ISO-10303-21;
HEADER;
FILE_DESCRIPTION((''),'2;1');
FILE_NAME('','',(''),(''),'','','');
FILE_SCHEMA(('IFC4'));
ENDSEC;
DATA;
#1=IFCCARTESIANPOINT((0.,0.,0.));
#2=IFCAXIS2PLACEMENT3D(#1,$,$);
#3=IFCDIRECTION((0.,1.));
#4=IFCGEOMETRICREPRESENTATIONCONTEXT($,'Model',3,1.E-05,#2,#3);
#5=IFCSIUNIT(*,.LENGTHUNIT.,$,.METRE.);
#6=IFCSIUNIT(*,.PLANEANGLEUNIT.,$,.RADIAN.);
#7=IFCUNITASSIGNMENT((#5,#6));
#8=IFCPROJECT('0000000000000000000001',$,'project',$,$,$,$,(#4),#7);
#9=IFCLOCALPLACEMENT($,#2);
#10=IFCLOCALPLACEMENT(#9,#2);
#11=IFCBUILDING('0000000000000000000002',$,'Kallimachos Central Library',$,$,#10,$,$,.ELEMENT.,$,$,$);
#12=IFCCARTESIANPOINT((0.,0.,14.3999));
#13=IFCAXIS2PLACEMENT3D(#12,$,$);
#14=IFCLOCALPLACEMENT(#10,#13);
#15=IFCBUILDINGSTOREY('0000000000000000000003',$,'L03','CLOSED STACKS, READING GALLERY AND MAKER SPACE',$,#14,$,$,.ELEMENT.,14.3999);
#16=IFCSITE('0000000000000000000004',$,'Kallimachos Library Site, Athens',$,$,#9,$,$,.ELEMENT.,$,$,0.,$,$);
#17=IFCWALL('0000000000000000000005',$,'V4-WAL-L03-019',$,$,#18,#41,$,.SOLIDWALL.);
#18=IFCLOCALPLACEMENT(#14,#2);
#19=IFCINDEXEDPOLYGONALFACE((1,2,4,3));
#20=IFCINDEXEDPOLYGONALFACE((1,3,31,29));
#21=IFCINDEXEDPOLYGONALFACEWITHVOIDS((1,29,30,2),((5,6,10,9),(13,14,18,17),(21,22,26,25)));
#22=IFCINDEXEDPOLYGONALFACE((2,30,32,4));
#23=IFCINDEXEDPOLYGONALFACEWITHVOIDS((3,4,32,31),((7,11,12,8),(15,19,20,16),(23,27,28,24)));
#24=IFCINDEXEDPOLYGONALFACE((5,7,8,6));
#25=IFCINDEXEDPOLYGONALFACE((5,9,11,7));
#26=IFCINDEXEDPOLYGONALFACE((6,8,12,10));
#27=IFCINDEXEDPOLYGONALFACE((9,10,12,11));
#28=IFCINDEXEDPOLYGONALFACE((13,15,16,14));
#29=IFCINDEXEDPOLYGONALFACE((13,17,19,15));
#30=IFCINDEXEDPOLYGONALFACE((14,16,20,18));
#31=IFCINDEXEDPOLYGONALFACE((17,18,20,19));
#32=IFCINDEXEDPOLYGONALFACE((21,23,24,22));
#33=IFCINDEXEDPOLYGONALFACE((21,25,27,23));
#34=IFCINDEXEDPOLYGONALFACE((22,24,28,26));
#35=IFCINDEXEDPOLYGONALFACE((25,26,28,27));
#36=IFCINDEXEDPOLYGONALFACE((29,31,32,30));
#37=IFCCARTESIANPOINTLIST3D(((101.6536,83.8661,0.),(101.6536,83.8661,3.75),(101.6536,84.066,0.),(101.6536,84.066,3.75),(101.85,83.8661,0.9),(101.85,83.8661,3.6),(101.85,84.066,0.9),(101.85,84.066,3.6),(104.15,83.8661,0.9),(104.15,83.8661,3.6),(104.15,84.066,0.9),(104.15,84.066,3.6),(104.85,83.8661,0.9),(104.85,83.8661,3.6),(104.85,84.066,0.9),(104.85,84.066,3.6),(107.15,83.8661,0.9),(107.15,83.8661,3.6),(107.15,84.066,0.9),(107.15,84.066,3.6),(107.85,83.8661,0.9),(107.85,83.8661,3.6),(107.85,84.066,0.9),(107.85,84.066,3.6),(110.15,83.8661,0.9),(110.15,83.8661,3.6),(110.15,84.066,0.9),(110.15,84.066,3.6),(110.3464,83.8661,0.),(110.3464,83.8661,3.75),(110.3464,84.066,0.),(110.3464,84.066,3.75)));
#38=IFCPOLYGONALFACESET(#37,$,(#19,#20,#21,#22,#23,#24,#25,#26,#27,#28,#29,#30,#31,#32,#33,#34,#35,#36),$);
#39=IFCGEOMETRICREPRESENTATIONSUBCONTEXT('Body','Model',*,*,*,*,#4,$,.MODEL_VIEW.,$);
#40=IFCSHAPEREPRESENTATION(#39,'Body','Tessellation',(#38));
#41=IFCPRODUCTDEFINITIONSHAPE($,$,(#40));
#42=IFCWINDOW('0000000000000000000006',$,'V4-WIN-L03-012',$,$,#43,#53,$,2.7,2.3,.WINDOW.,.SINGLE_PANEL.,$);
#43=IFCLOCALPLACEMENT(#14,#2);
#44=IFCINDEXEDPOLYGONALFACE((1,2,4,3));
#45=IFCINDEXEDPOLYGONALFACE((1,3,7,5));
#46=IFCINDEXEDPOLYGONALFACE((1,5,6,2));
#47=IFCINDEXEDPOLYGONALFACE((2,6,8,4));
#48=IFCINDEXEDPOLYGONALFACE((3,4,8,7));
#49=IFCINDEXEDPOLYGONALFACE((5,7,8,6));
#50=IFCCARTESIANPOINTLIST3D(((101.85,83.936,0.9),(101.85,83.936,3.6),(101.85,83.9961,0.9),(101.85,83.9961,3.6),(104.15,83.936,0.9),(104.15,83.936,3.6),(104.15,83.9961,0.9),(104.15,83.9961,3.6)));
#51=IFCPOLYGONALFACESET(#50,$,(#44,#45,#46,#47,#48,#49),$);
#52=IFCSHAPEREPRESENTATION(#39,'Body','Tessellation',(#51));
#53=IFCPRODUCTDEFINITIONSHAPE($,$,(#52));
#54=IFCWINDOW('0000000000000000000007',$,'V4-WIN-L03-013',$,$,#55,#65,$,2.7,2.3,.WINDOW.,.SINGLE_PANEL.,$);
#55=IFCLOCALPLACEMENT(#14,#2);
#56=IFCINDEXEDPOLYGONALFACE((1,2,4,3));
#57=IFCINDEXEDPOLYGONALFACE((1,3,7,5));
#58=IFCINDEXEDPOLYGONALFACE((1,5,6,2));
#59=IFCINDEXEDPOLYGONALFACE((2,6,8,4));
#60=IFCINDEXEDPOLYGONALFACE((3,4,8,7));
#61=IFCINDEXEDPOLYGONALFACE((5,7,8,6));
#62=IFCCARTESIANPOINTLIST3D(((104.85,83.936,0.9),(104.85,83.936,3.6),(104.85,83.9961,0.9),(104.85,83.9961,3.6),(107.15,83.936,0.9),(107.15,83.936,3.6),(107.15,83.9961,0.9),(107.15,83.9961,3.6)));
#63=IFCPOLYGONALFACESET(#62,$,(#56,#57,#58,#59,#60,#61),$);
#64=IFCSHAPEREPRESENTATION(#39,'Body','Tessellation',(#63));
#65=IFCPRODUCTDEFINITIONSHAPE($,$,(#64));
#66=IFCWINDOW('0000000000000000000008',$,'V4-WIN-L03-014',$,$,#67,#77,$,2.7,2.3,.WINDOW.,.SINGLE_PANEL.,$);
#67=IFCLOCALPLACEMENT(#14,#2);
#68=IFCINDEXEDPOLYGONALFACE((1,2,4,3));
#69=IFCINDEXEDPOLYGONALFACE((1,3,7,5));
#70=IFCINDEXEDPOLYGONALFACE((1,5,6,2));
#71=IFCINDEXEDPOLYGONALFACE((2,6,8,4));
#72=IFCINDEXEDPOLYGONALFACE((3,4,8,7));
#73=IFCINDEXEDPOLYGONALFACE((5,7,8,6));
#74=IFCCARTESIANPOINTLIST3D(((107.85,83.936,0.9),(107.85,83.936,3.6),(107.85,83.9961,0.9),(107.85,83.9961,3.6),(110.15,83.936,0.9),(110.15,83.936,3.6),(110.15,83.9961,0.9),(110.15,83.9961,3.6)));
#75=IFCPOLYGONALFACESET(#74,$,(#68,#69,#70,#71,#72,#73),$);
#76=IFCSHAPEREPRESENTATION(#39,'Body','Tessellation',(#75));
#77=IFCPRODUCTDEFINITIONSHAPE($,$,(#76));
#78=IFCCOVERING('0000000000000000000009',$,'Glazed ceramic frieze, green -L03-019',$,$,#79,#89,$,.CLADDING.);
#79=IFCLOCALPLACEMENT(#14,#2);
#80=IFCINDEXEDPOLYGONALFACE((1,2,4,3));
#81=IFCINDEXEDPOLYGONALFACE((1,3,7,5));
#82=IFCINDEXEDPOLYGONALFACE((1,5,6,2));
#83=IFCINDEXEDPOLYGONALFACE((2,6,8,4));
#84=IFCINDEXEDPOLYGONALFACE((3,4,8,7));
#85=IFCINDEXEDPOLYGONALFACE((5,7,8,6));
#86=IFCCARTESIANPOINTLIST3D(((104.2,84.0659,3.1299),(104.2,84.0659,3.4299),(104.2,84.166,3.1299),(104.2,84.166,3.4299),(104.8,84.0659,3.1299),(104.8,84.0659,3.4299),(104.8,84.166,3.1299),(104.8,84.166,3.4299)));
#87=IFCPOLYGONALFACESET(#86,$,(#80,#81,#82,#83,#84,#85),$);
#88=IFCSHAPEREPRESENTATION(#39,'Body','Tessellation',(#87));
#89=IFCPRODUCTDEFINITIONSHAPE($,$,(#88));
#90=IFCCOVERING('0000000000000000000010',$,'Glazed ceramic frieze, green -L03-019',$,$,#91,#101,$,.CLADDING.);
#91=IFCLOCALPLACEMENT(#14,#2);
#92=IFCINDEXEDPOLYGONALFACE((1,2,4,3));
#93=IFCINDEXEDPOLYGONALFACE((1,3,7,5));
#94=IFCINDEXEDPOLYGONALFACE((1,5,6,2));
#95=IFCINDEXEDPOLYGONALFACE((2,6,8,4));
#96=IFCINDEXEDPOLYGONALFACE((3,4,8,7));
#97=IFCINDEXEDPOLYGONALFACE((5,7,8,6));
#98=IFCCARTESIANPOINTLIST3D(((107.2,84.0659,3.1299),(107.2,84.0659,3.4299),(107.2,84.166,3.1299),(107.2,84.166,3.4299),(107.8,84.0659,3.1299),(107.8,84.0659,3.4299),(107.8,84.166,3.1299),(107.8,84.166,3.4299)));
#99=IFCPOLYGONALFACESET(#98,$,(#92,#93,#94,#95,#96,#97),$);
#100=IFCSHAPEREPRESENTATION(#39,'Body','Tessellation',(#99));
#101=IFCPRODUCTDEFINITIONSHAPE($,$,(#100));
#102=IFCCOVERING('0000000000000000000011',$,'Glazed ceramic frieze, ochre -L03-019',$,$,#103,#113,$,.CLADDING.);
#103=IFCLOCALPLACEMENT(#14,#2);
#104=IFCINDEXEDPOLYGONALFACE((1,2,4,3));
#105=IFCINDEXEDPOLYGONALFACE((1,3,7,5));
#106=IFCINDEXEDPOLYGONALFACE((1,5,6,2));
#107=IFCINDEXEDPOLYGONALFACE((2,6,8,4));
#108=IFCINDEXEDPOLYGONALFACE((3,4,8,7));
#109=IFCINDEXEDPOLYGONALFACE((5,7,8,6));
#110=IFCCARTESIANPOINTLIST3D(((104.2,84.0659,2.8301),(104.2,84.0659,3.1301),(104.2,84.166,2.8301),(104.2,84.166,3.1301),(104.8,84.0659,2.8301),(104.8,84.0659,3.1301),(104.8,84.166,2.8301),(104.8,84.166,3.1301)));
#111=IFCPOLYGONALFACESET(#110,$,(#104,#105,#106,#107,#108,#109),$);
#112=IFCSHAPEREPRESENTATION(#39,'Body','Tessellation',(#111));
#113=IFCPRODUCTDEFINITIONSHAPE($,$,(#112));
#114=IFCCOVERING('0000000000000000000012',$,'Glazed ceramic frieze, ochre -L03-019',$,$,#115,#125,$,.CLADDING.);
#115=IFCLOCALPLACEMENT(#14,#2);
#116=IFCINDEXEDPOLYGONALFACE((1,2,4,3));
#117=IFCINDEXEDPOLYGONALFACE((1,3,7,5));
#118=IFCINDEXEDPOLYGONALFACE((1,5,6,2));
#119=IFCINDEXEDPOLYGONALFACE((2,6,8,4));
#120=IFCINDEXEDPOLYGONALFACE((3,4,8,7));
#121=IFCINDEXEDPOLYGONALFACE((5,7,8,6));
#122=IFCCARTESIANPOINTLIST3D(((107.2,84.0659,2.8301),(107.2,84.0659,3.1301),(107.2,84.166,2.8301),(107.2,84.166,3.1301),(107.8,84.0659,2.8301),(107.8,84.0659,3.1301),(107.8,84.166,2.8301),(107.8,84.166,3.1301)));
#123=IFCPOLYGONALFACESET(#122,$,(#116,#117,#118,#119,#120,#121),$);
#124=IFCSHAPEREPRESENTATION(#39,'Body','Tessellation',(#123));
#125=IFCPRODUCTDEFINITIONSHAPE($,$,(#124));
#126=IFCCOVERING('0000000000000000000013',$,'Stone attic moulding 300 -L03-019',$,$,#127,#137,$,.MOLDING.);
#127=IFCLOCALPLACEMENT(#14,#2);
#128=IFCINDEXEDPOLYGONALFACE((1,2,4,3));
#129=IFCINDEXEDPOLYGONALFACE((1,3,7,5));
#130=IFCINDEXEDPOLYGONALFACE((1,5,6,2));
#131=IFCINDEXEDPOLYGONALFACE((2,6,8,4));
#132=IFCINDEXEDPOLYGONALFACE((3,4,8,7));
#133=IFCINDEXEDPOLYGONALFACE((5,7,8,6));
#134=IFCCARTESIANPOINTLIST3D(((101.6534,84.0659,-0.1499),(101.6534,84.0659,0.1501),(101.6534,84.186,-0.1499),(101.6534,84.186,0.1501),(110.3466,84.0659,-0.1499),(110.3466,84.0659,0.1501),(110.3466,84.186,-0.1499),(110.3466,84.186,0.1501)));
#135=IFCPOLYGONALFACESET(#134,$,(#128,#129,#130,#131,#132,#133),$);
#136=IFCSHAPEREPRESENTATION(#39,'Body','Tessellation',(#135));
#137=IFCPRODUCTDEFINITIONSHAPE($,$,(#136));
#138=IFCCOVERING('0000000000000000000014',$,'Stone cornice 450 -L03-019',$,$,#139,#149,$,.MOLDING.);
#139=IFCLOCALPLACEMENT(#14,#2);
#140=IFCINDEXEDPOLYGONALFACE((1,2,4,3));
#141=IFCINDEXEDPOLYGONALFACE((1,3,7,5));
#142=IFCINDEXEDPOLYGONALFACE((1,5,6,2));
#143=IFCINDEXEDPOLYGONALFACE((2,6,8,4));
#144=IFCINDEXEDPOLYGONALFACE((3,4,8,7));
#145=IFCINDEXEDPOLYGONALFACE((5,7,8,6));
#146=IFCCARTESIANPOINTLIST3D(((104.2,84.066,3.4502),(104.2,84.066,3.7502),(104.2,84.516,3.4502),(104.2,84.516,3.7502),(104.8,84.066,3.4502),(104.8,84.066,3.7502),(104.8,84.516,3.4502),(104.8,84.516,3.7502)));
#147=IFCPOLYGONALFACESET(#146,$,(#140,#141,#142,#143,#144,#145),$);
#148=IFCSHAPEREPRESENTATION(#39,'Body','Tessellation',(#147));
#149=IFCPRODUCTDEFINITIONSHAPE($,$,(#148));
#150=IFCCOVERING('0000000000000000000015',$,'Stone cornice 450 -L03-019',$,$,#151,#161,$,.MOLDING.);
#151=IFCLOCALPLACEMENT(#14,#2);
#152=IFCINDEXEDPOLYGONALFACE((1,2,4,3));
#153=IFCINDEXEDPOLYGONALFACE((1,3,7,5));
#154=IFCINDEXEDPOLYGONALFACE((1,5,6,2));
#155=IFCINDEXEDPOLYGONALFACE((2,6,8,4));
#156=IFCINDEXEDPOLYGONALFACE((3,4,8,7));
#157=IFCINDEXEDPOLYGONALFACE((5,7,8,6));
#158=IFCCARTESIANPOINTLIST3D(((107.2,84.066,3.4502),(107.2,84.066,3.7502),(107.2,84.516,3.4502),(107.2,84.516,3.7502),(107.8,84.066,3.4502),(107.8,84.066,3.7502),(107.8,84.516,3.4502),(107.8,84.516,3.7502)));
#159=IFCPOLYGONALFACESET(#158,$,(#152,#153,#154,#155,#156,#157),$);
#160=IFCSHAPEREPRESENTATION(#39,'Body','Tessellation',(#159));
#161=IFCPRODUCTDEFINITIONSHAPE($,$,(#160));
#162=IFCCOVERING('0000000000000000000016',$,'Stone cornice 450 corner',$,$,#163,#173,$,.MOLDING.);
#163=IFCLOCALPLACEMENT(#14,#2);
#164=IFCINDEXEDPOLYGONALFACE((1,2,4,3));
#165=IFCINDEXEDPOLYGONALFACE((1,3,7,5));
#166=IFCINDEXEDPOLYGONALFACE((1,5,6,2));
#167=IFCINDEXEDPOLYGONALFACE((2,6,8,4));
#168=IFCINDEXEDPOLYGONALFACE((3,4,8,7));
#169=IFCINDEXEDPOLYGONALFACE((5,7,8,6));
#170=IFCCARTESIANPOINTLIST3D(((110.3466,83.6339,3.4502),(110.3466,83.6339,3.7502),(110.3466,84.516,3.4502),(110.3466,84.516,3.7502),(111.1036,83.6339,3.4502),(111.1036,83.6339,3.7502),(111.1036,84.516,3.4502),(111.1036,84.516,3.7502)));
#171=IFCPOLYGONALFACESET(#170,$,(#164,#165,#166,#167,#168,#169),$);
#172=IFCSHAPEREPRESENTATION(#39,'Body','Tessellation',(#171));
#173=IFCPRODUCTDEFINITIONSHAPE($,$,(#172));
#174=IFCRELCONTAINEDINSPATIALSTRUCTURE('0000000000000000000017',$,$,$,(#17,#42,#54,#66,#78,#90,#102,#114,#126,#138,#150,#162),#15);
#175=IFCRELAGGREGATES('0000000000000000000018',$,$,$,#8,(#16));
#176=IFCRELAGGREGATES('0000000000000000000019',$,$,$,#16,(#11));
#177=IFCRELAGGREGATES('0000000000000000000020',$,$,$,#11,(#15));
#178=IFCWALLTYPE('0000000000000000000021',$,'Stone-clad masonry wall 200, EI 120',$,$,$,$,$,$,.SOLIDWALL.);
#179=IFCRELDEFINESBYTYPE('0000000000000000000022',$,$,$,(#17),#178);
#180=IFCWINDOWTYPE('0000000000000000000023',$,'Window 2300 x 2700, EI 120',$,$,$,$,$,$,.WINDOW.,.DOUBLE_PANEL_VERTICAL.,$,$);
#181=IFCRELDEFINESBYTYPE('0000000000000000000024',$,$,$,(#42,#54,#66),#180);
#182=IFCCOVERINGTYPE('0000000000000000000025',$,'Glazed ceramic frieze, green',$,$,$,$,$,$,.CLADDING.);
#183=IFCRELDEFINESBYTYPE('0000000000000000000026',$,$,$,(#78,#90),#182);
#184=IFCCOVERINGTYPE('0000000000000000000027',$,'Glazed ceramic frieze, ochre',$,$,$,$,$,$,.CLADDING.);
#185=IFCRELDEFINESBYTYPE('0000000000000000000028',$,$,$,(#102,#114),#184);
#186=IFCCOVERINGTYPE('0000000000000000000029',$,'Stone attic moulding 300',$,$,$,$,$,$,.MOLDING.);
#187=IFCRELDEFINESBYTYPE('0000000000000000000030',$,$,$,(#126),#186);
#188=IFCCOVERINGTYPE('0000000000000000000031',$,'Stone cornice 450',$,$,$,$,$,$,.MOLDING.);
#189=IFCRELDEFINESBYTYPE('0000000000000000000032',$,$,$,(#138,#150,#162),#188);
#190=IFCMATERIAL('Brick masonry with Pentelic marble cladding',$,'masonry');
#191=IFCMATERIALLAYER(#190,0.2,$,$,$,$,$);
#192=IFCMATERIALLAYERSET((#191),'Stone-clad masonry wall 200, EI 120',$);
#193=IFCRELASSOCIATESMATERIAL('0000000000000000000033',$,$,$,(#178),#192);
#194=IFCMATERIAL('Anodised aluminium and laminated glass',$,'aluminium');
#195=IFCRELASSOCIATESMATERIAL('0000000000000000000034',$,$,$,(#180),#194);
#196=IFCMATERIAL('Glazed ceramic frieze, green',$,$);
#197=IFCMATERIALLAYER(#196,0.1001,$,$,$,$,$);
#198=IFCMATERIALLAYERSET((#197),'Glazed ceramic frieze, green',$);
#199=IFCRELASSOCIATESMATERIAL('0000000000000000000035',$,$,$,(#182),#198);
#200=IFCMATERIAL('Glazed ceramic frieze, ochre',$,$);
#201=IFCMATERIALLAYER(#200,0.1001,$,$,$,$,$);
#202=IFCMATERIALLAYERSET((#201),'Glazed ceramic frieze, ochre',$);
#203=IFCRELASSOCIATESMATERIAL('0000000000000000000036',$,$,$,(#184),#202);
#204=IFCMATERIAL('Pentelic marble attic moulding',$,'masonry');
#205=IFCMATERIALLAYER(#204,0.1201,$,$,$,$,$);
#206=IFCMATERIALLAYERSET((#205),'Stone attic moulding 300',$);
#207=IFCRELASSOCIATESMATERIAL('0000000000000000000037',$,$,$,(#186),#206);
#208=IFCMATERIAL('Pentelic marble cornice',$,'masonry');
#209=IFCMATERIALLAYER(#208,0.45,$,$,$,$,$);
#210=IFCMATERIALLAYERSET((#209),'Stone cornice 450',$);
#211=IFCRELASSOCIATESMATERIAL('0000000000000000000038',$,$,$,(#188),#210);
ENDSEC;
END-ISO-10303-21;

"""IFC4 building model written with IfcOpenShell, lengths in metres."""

from ifc_helpers import new_model, si_unit, direction, frame, frame_2d, origin, origin_2d, place, context, subcontext, project, spatial, rectangle, extrude, material, layer, layer_set, type_object, element, fill, save


model = new_model("IFC4")

# Units and contexts
model_context = context("Model", 3, precision=1e-05, world=origin(), true_north=direction((0.0, 1.0)))
body_context = subcontext(model_context, "Body", "Model", "MODEL_VIEW")
ifc_project = project(units=[si_unit("LENGTHUNIT", "METRE"), si_unit("PLANEANGLEUNIT", "RADIAN")], contexts=[model_context])

# Site, building, storey
site_placement = place(None, origin())
site = spatial("IfcSite", under=ifc_project, at=site_placement, Name="Kallimachos Library Site, Athens", CompositionType="ELEMENT", RefElevation=0.0)
building_placement = place(site_placement, origin())
building = spatial("IfcBuilding", under=site, at=building_placement, Name="Kallimachos Central Library", CompositionType="ELEMENT")
storey_placement = place(building_placement, frame((0.0, 0.0, 14.3999)))
storey = spatial("IfcBuildingStorey", under=building, at=storey_placement, Name="L03", Description="CLOSED STACKS, READING GALLERY AND MAKER SPACE", CompositionType="ELEMENT", Elevation=14.3999)

# Wall, openings, windows
ifc_material_1 = material(Name="Brick masonry with Pentelic marble cladding", Category="masonry")
ifc_layer_1 = layer(ifc_material_1, 0.2)
ifc_layer_set_1 = layer_set([ifc_layer_1], Name="Stone-clad masonry wall 200, EI 120")
wall_type = type_object("IfcWallType", Name="Stone-clad masonry wall 200, EI 120", PredefinedType="SOLIDWALL", material=ifc_layer_set_1)
wall_placement = place(storey_placement, frame((101.6536, 83.9661, 0.0), z_axis=(0.0, 0.0, 1.0), x_axis=(1.0, 0.0, 0.0)))
wall = element("IfcWall", 1, at=wall_placement, inside=storey, type_object=wall_type, Name="V4-WAL-L03-019", PredefinedType="SOLIDWALL", context=body_context, shape_type="SweptSolid", body=[
    extrude(rectangle(XDim=8.6929, YDim=0.2, at=frame_2d((4.3464, 0.0))), origin(), (0.0, 0.0, 1.0), 3.75),
])
opening_1_placement = place(wall_placement, frame((0.1965, 0.0, 0.8999)))
opening_1 = element("IfcOpeningElement", 2, at=opening_1_placement, cuts=wall, PredefinedType="OPENING", context=body_context, shape_type="SweptSolid", body=[
    extrude(rectangle(XDim=2.3, YDim=2.7, at=frame_2d((1.1499, 1.3501))), frame((0.0, 0.1099, 0.0), z_axis=(0.0, -1.0, 0.0), x_axis=(1.0, 0.0, 0.0)), (0.0, 0.0, 1.0), 0.22),
])
opening_2_placement = place(wall_placement, frame((3.1965, 0.0, 0.8999)))
opening_2 = element("IfcOpeningElement", 3, at=opening_2_placement, cuts=wall, PredefinedType="OPENING", context=body_context, shape_type="SweptSolid", body=[
    extrude(rectangle(XDim=2.3, YDim=2.7, at=frame_2d((1.1499, 1.3501))), frame((0.0, 0.1099, 0.0), z_axis=(0.0, -1.0, 0.0), x_axis=(1.0, 0.0, 0.0)), (0.0, 0.0, 1.0), 0.22),
])
opening_3_placement = place(wall_placement, frame((6.1965, 0.0, 0.8999)))
opening_3 = element("IfcOpeningElement", 4, at=opening_3_placement, cuts=wall, PredefinedType="OPENING", context=body_context, shape_type="SweptSolid", body=[
    extrude(rectangle(XDim=2.3, YDim=2.7, at=frame_2d((1.1499, 1.3501))), frame((0.0, 0.1099, 0.0), z_axis=(0.0, -1.0, 0.0), x_axis=(1.0, 0.0, 0.0)), (0.0, 0.0, 1.0), 0.22),
])
ifc_material_2 = material(Name="Anodised aluminium and laminated glass", Category="aluminium")
window_type = type_object("IfcWindowType", Name="Window 2300 x 2700, EI 120", PartitioningType="DOUBLE_PANEL_VERTICAL", PredefinedType="WINDOW", material=ifc_material_2)
window_1_placement = place(opening_1_placement, origin())
window_1 = element("IfcWindow", 5, at=window_1_placement, inside=storey, type_object=window_type, Name="V4-WIN-L03-012", OverallHeight=2.7, OverallWidth=2.3, PartitioningType="SINGLE_PANEL", PredefinedType="WINDOW", context=body_context, shape_type="SweptSolid", body=[
    extrude(rectangle(XDim=2.3, YDim=2.7, at=frame_2d((1.1499, 1.3501))), frame((0.0, 0.03, 0.0), z_axis=(0.0, -1.0, 0.0), x_axis=(1.0, 0.0, 0.0)), (0.0, 0.0, 1.0), 0.0601),
])
fill(opening_1, window_1)
window_2_placement = place(opening_2_placement, origin())
window_2 = element("IfcWindow", 6, at=window_2_placement, inside=storey, type_object=window_type, Name="V4-WIN-L03-013", OverallHeight=2.7, OverallWidth=2.3, PartitioningType="SINGLE_PANEL", PredefinedType="WINDOW", context=body_context, shape_type="SweptSolid", body=[
    extrude(rectangle(XDim=2.3, YDim=2.7, at=frame_2d((1.1499, 1.3501))), frame((0.0, 0.03, 0.0), z_axis=(0.0, -1.0, 0.0), x_axis=(1.0, 0.0, 0.0)), (0.0, 0.0, 1.0), 0.0601),
])
fill(opening_2, window_2)
window_3_placement = place(opening_3_placement, origin())
window_3 = element("IfcWindow", 7, at=window_3_placement, inside=storey, type_object=window_type, Name="V4-WIN-L03-014", OverallHeight=2.7, OverallWidth=2.3, PartitioningType="SINGLE_PANEL", PredefinedType="WINDOW", context=body_context, shape_type="SweptSolid", body=[
    extrude(rectangle(XDim=2.3, YDim=2.7, at=frame_2d((1.1499, 1.3501))), frame((0.0, 0.03, 0.0), z_axis=(0.0, -1.0, 0.0), x_axis=(1.0, 0.0, 0.0)), (0.0, 0.0, 1.0), 0.0601),
])
fill(opening_3, window_3)

# Coverings
ifc_material_3 = material(Name="Glazed ceramic frieze, green")
ifc_layer_2 = layer(ifc_material_3, 0.1001)
ifc_layer_set_2 = layer_set([ifc_layer_2], Name="Glazed ceramic frieze, green")
covering_type_1 = type_object("IfcCoveringType", Name="Glazed ceramic frieze, green", PredefinedType="CLADDING", material=ifc_layer_set_2)
for number, where, z_axis, x_axis, name in (
    (8, (104.5, 84.116, 3.1299), (0.0, 0.0, 1.0), (1.0, 0.0, 0.0), "Glazed ceramic frieze, green -L03-019"),
    (9, (107.5, 84.116, 3.1299), (0.0, 0.0, 1.0), (1.0, 0.0, 0.0), "Glazed ceramic frieze, green -L03-019"),
):
    element("IfcCovering", number, at=place(storey_placement, frame(where, z_axis=z_axis, x_axis=x_axis)), inside=storey, type_object=covering_type_1, Name=name, PredefinedType="CLADDING", context=body_context, shape_type="SweptSolid", body=[
        extrude(rectangle(XDim=0.6001, YDim=0.1001, at=origin_2d()), origin(), (0.0, 0.0, 1.0), 0.3),
    ])
ifc_material_4 = material(Name="Glazed ceramic frieze, ochre")
ifc_layer_3 = layer(ifc_material_4, 0.1001)
ifc_layer_set_3 = layer_set([ifc_layer_3], Name="Glazed ceramic frieze, ochre")
covering_type_2 = type_object("IfcCoveringType", Name="Glazed ceramic frieze, ochre", PredefinedType="CLADDING", material=ifc_layer_set_3)
for number, where, z_axis, x_axis, name in (
    (10, (104.5, 84.116, 2.8301), (0.0, 0.0, 1.0), (1.0, 0.0, 0.0), "Glazed ceramic frieze, ochre -L03-019"),
    (11, (107.5, 84.116, 2.8301), (0.0, 0.0, 1.0), (1.0, 0.0, 0.0), "Glazed ceramic frieze, ochre -L03-019"),
):
    element("IfcCovering", number, at=place(storey_placement, frame(where, z_axis=z_axis, x_axis=x_axis)), inside=storey, type_object=covering_type_2, Name=name, PredefinedType="CLADDING", context=body_context, shape_type="SweptSolid", body=[
        extrude(rectangle(XDim=0.6001, YDim=0.1001, at=origin_2d()), origin(), (0.0, 0.0, 1.0), 0.3),
    ])
ifc_material_5 = material(Name="Pentelic marble attic moulding", Category="masonry")
ifc_layer_4 = layer(ifc_material_5, 0.1201)
ifc_layer_set_4 = layer_set([ifc_layer_4], Name="Stone attic moulding 300")
covering_type_3 = type_object("IfcCoveringType", Name="Stone attic moulding 300", PredefinedType="MOLDING", material=ifc_layer_set_4)
covering_1_placement = place(storey_placement, frame((106.0, 84.126, -0.1499), z_axis=(0.0, 0.0, 1.0), x_axis=(1.0, 0.0, 0.0)))
element("IfcCovering", 12, at=covering_1_placement, inside=storey, type_object=covering_type_3, Name="Stone attic moulding 300 -L03-019", PredefinedType="MOLDING", context=body_context, shape_type="SweptSolid", body=[
    extrude(rectangle(XDim=8.6931, YDim=0.1201, at=origin_2d()), origin(), (0.0, 0.0, 1.0), 0.3),
])
ifc_material_6 = material(Name="Pentelic marble cornice", Category="masonry")
ifc_layer_5 = layer(ifc_material_6, 0.45)
ifc_layer_set_5 = layer_set([ifc_layer_5], Name="Stone cornice 450")
covering_type_4 = type_object("IfcCoveringType", Name="Stone cornice 450", PredefinedType="MOLDING", material=ifc_layer_set_5)
for number, where, z_axis, x_axis, name in (
    (13, (104.5, 84.291, 3.4502), (0.0, 0.0, 1.0), (1.0, 0.0, 0.0), "Stone cornice 450 -L03-019"),
    (14, (107.5, 84.291, 3.4502), (0.0, 0.0, 1.0), (1.0, 0.0, 0.0), "Stone cornice 450 -L03-019"),
):
    element("IfcCovering", number, at=place(storey_placement, frame(where, z_axis=z_axis, x_axis=x_axis)), inside=storey, type_object=covering_type_4, Name=name, PredefinedType="MOLDING", context=body_context, shape_type="SweptSolid", body=[
        extrude(rectangle(XDim=0.6001, YDim=0.45, at=origin_2d()), origin(), (0.0, 0.0, 1.0), 0.3),
    ])
covering_2_placement = place(storey_placement, frame((110.7251, 84.075, 3.4502), z_axis=(0.0, 0.0, 1.0), x_axis=(1.0, 0.0, 0.0)))
element("IfcCovering", 15, at=covering_2_placement, inside=storey, type_object=covering_type_4, Name="Stone cornice 450 corner", PredefinedType="MOLDING", context=body_context, shape_type="SweptSolid", body=[
    extrude(rectangle(XDim=0.7571, YDim=0.8821, at=origin_2d()), origin(), (0.0, 0.0, 1.0), 0.3),
])

save(model, "model.ifc")
